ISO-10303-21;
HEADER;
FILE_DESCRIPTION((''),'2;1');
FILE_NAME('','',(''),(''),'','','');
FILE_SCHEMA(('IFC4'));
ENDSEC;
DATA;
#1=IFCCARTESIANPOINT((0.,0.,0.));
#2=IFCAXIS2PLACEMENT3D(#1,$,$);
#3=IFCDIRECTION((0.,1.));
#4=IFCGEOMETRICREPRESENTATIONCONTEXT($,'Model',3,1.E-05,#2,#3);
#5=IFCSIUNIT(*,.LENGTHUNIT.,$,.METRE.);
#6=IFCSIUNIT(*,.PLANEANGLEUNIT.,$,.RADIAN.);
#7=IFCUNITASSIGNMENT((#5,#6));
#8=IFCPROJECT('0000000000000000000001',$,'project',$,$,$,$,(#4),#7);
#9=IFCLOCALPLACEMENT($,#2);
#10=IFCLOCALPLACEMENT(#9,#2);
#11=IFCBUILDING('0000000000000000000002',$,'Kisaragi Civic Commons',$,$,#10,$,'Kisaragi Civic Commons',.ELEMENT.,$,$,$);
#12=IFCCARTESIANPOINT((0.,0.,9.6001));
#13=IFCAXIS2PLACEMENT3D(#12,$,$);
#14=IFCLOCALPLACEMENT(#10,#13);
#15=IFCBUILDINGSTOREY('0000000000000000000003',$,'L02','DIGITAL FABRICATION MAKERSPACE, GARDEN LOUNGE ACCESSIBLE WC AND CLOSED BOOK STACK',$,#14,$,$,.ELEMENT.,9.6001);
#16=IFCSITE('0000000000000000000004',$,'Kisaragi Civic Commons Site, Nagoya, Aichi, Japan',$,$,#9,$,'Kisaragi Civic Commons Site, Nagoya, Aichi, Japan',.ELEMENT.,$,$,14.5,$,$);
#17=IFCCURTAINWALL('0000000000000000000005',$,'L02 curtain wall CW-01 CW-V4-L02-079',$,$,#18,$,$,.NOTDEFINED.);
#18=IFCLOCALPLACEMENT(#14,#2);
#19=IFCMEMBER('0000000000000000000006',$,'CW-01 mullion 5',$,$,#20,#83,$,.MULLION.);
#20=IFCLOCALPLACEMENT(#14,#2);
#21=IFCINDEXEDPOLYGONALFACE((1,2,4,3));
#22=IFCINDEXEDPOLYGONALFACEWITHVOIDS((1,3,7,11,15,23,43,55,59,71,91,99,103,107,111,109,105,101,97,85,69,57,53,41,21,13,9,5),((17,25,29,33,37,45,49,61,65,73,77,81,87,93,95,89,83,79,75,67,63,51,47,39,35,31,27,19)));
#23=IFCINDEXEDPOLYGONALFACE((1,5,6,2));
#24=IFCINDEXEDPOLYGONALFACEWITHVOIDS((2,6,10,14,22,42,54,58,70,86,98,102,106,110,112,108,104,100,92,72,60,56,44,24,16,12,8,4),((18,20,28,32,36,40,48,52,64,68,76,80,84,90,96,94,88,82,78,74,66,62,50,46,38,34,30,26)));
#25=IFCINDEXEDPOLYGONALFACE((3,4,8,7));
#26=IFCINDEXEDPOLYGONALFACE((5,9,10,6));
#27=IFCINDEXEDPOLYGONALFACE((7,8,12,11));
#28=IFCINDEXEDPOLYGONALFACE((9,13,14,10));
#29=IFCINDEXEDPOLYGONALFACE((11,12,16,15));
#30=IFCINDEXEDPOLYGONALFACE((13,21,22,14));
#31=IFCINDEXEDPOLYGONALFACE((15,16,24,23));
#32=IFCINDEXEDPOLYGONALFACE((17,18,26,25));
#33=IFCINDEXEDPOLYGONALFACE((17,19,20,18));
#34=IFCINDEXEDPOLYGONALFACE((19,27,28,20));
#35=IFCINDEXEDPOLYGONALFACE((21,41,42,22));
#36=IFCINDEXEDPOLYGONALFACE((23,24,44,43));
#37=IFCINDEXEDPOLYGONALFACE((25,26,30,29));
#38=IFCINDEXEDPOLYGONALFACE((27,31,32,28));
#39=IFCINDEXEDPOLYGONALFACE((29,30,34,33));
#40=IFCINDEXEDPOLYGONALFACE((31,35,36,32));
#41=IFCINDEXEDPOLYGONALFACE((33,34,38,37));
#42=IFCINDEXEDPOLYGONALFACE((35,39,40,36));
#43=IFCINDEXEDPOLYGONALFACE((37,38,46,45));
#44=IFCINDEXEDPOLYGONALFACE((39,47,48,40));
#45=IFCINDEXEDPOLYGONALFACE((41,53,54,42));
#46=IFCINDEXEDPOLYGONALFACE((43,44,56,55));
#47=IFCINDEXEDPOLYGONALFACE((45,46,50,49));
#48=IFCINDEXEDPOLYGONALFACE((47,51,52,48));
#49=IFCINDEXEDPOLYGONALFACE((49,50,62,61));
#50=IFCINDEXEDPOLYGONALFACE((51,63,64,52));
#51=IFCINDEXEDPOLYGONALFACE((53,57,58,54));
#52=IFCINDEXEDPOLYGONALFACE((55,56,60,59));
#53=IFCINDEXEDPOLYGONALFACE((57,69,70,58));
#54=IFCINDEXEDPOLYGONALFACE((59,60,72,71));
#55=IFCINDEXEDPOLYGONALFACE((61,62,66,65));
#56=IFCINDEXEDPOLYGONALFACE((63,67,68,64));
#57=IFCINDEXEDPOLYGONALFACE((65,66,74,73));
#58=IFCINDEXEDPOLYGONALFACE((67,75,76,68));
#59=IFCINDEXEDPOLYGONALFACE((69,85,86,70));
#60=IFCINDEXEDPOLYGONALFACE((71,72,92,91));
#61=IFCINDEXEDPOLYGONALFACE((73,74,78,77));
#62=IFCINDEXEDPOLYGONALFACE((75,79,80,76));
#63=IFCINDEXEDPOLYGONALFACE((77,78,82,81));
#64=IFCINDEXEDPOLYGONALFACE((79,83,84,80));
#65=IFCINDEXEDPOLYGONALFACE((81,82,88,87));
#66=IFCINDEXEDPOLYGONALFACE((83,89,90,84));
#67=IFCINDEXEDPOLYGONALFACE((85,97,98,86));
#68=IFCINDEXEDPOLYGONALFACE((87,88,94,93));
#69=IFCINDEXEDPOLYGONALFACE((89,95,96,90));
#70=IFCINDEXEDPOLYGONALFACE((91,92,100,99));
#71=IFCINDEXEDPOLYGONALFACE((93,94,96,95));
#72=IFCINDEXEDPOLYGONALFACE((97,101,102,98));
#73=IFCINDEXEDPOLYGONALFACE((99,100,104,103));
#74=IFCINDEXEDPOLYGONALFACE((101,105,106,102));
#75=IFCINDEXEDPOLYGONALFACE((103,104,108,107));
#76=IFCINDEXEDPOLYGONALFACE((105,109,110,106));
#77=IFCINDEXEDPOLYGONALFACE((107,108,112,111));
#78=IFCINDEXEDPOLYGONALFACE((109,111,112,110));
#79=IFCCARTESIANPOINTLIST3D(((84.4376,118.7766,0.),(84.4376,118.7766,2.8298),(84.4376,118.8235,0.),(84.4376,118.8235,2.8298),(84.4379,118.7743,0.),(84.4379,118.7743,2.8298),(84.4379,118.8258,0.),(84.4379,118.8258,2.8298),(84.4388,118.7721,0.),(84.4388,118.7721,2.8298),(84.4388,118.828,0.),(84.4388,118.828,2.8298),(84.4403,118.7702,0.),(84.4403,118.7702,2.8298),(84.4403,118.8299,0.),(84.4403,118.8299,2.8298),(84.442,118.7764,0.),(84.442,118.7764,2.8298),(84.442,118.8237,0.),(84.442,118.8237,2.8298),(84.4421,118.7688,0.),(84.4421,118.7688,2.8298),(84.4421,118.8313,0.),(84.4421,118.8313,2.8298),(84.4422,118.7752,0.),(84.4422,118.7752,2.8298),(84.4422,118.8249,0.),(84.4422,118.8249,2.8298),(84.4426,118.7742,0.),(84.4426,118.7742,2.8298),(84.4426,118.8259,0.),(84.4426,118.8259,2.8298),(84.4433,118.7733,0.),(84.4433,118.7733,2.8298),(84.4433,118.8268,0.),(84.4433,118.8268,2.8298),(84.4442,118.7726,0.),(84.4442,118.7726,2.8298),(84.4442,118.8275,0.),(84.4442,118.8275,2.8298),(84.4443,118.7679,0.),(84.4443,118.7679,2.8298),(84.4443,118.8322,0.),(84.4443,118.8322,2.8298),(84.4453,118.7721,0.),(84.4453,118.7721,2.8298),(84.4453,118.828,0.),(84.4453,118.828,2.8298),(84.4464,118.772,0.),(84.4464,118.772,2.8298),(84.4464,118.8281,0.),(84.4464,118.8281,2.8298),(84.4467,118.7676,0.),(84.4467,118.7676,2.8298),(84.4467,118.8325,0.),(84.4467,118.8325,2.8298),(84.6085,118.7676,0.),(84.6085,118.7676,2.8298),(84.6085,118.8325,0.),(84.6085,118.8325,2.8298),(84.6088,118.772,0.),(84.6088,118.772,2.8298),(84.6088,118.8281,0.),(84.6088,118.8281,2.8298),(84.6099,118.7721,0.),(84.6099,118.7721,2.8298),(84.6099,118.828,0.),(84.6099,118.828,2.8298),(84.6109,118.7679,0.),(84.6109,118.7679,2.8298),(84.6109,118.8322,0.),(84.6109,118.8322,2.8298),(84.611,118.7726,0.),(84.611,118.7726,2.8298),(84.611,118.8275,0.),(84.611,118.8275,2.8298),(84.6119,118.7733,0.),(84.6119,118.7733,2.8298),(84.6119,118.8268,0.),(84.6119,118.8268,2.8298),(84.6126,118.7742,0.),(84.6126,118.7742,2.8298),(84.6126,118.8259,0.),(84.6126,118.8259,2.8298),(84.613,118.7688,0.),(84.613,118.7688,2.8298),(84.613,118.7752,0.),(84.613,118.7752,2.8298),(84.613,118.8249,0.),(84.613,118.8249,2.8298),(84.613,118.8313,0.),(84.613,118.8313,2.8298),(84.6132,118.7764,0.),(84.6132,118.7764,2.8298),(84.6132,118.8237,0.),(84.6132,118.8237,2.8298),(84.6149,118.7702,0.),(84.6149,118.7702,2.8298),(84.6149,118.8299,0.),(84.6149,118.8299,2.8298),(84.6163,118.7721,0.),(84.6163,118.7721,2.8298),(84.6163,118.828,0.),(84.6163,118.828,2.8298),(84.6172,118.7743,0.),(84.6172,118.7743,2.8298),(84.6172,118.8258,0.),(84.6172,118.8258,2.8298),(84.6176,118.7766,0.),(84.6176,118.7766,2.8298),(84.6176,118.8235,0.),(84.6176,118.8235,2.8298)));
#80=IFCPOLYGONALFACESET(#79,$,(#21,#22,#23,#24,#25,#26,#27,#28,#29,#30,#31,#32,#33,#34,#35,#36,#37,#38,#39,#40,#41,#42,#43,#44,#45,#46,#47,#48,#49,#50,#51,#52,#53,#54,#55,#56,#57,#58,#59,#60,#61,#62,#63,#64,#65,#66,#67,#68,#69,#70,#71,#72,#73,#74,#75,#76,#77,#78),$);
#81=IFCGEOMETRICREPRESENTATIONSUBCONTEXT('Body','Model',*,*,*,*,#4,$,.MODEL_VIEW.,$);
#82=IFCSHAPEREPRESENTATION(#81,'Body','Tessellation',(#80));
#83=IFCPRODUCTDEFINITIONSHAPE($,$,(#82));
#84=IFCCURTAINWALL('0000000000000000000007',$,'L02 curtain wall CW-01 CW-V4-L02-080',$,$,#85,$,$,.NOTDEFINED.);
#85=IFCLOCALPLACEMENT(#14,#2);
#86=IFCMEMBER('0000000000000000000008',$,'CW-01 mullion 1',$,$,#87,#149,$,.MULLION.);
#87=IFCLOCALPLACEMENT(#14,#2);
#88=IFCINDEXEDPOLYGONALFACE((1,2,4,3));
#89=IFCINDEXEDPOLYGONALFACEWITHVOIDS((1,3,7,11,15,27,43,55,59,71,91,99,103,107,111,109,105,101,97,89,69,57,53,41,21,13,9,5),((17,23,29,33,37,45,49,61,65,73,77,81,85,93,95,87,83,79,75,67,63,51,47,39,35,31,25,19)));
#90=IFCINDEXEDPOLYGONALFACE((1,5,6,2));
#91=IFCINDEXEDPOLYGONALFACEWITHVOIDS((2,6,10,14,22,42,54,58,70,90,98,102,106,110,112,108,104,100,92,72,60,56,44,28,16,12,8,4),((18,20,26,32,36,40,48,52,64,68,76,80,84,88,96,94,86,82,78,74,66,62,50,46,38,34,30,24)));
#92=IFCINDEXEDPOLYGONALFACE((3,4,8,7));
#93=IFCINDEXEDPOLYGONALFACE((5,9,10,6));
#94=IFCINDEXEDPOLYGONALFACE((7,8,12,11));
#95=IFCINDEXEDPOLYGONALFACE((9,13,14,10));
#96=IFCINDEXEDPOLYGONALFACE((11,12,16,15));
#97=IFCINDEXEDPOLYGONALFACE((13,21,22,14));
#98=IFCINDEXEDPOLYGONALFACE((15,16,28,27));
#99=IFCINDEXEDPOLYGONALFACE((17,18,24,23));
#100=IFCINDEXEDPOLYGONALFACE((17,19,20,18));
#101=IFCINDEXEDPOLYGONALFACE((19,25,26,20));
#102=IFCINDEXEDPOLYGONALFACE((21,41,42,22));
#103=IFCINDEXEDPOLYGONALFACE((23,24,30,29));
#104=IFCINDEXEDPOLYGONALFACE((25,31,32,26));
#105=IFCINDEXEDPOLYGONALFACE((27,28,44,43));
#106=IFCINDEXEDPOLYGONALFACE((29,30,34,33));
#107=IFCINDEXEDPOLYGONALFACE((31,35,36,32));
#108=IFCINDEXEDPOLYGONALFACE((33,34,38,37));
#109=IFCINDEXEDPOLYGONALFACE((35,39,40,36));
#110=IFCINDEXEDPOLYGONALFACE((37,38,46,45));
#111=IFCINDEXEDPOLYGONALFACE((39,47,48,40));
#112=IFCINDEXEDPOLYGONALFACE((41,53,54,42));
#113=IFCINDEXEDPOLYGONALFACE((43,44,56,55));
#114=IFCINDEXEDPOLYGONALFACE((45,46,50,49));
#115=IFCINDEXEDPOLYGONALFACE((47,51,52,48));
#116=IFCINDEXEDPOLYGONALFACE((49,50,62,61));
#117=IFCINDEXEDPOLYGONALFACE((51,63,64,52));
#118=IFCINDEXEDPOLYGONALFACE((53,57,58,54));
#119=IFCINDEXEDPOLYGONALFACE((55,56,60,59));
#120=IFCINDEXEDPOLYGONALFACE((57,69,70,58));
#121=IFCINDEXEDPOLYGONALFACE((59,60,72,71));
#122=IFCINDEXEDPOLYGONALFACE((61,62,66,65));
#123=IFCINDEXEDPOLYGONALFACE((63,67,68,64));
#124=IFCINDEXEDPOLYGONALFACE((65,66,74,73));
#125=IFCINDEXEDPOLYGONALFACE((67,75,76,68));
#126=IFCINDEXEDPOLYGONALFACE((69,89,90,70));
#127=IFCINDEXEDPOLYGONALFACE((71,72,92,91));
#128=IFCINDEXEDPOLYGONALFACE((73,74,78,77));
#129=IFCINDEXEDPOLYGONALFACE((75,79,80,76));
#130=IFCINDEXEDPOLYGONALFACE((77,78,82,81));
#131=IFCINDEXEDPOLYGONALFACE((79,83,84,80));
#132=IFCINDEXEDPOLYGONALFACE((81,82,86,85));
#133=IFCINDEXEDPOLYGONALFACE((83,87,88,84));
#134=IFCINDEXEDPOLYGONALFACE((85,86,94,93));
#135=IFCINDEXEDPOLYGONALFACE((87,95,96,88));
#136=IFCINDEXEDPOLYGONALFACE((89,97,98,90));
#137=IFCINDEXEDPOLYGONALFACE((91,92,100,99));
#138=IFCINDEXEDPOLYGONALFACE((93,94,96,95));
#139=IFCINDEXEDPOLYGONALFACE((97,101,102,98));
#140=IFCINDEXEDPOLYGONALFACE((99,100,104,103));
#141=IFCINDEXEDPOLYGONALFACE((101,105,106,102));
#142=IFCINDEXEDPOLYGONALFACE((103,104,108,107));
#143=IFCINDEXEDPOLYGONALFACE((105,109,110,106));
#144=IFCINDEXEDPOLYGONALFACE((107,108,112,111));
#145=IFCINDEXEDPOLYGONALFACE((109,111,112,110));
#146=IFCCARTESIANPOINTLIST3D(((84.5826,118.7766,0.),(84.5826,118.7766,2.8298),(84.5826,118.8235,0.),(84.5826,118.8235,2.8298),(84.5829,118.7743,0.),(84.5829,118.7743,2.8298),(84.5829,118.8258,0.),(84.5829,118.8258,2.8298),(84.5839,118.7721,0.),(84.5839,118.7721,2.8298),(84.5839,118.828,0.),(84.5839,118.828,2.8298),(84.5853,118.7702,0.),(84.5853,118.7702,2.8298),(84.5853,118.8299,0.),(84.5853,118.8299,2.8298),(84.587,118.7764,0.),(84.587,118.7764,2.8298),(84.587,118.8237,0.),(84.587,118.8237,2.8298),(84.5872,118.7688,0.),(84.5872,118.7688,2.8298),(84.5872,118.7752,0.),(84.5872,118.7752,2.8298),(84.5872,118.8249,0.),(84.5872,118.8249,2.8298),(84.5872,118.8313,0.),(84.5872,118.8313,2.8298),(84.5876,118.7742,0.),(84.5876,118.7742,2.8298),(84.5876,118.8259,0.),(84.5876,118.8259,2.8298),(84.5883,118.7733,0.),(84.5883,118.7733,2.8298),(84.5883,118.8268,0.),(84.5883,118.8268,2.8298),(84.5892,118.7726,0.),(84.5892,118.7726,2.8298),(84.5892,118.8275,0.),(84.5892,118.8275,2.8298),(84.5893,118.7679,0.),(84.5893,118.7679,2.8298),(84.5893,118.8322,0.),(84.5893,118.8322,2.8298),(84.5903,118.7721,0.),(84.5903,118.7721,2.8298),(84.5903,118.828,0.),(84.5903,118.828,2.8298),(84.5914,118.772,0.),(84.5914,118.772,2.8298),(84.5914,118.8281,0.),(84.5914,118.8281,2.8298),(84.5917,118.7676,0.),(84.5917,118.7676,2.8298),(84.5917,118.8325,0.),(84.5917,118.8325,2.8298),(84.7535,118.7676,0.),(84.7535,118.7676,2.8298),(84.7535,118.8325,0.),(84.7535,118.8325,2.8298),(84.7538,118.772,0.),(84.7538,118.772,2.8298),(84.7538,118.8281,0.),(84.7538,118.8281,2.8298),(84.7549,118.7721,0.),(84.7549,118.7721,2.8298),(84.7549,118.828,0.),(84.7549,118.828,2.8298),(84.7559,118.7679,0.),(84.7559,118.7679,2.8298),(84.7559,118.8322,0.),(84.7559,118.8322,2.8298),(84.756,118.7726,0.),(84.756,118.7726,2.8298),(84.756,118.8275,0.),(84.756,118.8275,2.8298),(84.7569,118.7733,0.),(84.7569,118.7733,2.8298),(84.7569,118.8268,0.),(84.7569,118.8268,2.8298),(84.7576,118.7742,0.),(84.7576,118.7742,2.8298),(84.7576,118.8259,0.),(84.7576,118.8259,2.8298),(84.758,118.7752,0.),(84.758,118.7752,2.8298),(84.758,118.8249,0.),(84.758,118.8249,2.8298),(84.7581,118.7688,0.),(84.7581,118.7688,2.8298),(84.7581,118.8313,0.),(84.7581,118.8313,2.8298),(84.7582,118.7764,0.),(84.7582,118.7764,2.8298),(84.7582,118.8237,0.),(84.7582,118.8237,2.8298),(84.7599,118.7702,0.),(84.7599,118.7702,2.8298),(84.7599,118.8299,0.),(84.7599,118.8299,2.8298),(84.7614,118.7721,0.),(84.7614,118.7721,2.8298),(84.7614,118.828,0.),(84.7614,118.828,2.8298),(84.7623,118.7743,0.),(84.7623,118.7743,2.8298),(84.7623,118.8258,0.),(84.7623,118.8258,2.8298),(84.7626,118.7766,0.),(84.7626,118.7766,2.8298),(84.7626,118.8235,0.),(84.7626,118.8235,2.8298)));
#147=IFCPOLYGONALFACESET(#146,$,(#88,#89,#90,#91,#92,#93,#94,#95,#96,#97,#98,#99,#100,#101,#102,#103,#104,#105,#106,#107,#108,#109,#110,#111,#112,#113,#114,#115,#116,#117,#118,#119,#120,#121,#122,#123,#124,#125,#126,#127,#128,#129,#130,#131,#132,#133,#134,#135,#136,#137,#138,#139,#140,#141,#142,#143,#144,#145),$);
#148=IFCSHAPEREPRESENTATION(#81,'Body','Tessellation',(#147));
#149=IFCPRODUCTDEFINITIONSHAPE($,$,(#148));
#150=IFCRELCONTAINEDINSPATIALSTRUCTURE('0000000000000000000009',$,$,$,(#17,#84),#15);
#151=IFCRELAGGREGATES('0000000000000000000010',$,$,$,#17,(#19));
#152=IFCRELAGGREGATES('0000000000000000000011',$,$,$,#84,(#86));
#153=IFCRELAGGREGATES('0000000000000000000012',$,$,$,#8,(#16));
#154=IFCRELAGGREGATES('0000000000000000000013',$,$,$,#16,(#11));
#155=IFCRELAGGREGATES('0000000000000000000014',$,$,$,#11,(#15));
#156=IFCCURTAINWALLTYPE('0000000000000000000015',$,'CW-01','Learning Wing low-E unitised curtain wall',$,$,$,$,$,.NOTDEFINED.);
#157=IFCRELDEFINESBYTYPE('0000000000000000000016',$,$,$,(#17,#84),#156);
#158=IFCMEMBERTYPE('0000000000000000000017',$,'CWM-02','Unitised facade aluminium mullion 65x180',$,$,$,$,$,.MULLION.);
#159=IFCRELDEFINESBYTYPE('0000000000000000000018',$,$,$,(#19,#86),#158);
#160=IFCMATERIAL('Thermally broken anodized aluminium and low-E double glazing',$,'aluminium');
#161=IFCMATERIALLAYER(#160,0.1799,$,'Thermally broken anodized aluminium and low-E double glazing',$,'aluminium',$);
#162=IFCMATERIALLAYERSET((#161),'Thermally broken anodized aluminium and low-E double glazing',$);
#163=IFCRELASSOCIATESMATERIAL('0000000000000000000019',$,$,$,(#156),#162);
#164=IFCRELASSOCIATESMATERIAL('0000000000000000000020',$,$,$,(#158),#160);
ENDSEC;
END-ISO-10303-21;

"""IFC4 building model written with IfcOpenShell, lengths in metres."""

from ifc_helpers import new_model, si_unit, direction, frame, origin, origin_2d, place, context, subcontext, project, spatial, hollow_rectangle, extrude, material, layer, layer_set, material_profile, profile_set, type_object, element, aggregate, save


model = new_model("IFC4")

# Units and contexts
model_context = context("Model", 3, precision=1e-05, world=origin(), true_north=direction((0.0, 1.0)))
body_context = subcontext(model_context, "Body", "Model", "MODEL_VIEW")
ifc_project = project(units=[si_unit("LENGTHUNIT", "METRE"), si_unit("PLANEANGLEUNIT", "RADIAN")], contexts=[model_context])

# Site, building, storey
site_placement = place(None, origin())
site = spatial("IfcSite", under=ifc_project, at=site_placement, Name="Kisaragi Civic Commons Site, Nagoya, Aichi, Japan", LongName="Kisaragi Civic Commons Site, Nagoya, Aichi, Japan", CompositionType="ELEMENT", RefElevation=14.5)
building_placement = place(site_placement, origin())
building = spatial("IfcBuilding", under=site, at=building_placement, Name="Kisaragi Civic Commons", LongName="Kisaragi Civic Commons", CompositionType="ELEMENT")
storey_placement = place(building_placement, frame((0.0, 0.0, 9.6001)))
storey = spatial("IfcBuildingStorey", under=building, at=storey_placement, Name="L02", Description="DIGITAL FABRICATION MAKERSPACE, GARDEN LOUNGE ACCESSIBLE WC AND CLOSED BOOK STACK", CompositionType="ELEMENT", Elevation=9.6001)

# Curtain wall, member
ifc_material_1 = material(Name="Thermally broken anodized aluminium and low-E double glazing", Category="aluminium")
ifc_layer_1 = layer(ifc_material_1, 0.1799, Name="Thermally broken anodized aluminium and low-E double glazing", Category="aluminium")
ifc_layer_set_1 = layer_set([ifc_layer_1], Name="Thermally broken anodized aluminium and low-E double glazing")
curtain_wall_type = type_object("IfcCurtainWallType", Name="CW-01", Description="Learning Wing low-E unitised curtain wall", PredefinedType="NOTDEFINED", material=ifc_layer_set_1)
curtain_wall_1_placement = place(storey_placement, origin())
curtain_wall_1 = element("IfcCurtainWall", 1, at=curtain_wall_1_placement, inside=storey, type_object=curtain_wall_type, Name="L02 curtain wall CW-01 CW-V4-L02-079", PredefinedType="NOTDEFINED")
ifc_material_profile_1 = material_profile(ifc_material_1, hollow_rectangle(XDim=0.0649, YDim=0.1799, WallThickness=0.0044, InnerFilletRadius=0.0044, OuterFilletRadius=0.009, at=origin_2d()), Name="CWM-65x180x4.5", Category="aluminium")
ifc_profile_set_1 = profile_set([ifc_material_profile_1], Name="Thermally broken anodized aluminium and low-E double glazing")
member_type_1 = type_object("IfcMemberType", Name="CWM-02", Description="Unitised facade aluminium mullion 65x180", PredefinedType="MULLION", material=ifc_profile_set_1)
member_1_placement = place(storey_placement, frame((84.5276, 118.8, 0.0), z_axis=(0.0, 0.0, 1.0), x_axis=(0.0, 1.0, 0.0)))
member_1 = element("IfcMember", 2, at=member_1_placement, type_object=member_type_1, Name="CW-01 mullion 5", PredefinedType="MULLION", context=body_context, shape_type="SweptSolid", body=[
    extrude(hollow_rectangle(XDim=0.0649, YDim=0.1799, WallThickness=0.0044, InnerFilletRadius=0.0044, OuterFilletRadius=0.009, at=origin_2d()), origin(), (0.0, 0.0, 1.0), 2.8298),
])

# Curtain wall, member
curtain_wall_2_placement = place(storey_placement, origin())
curtain_wall_2 = element("IfcCurtainWall", 3, at=curtain_wall_2_placement, inside=storey, type_object=curtain_wall_type, Name="L02 curtain wall CW-01 CW-V4-L02-080", PredefinedType="NOTDEFINED")
member_2_placement = place(storey_placement, frame((84.6726, 118.8, 0.0), z_axis=(0.0, 0.0, 1.0), x_axis=(0.0, 1.0, 0.0)))
member_2 = element("IfcMember", 4, at=member_2_placement, type_object=member_type_1, Name="CW-01 mullion 1", PredefinedType="MULLION", context=body_context, shape_type="SweptSolid", body=[
    extrude(hollow_rectangle(XDim=0.0649, YDim=0.1799, WallThickness=0.0044, InnerFilletRadius=0.0044, OuterFilletRadius=0.009, at=origin_2d()), origin(), (0.0, 0.0, 1.0), 2.8298),
])

aggregate(curtain_wall_1, [member_1])
aggregate(curtain_wall_2, [member_2])

save(model, "model.ifc")
